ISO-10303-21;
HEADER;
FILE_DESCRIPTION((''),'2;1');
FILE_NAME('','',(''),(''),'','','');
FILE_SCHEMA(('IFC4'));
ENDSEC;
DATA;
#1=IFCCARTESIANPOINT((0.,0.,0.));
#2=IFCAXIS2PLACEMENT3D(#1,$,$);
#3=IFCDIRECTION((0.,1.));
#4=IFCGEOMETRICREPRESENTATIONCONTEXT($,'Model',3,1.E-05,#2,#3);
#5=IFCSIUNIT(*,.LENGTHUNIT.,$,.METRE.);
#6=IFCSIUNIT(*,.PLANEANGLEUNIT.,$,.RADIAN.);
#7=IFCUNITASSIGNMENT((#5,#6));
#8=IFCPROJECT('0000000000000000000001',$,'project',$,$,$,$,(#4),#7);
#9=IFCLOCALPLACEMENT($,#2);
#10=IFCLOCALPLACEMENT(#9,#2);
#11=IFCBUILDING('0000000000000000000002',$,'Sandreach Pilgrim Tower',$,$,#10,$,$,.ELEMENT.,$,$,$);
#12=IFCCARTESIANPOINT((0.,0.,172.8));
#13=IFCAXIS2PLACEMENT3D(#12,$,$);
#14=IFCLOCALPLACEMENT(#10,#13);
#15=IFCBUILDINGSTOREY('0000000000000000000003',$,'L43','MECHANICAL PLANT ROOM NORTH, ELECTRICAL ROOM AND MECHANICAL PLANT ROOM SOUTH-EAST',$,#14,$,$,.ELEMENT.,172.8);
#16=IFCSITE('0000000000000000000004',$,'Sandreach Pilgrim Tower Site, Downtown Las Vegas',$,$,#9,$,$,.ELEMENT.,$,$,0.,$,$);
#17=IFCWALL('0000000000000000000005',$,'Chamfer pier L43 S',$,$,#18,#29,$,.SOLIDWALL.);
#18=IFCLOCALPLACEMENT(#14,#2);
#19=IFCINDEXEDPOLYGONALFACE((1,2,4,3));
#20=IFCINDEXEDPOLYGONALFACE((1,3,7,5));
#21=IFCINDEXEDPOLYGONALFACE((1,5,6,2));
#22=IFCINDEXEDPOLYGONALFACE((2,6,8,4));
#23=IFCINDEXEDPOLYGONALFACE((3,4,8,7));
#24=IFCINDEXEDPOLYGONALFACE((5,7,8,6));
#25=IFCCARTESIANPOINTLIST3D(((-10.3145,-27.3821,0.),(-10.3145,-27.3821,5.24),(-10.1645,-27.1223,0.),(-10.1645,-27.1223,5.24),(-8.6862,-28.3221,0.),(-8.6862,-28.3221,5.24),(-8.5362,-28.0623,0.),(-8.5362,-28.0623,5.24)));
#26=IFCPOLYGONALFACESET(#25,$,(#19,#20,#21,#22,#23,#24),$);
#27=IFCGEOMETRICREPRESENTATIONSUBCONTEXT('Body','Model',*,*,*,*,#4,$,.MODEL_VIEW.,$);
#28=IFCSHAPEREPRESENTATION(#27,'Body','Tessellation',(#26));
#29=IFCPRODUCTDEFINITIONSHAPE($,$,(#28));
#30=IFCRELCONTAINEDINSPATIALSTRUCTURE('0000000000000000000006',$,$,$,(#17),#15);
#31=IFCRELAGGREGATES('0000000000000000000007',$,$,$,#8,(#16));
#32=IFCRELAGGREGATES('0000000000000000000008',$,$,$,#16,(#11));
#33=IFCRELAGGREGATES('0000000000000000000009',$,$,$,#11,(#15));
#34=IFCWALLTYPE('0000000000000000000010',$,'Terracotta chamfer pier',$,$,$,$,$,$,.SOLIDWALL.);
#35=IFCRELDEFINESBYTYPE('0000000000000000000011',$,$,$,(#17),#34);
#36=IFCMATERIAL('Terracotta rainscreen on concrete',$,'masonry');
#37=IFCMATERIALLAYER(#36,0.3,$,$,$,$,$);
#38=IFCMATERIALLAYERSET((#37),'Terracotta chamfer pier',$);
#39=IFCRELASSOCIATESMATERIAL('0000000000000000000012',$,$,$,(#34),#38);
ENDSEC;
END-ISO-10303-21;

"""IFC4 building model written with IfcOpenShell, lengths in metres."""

from ifc_helpers import new_model, si_unit, direction, frame, frame_2d, origin, place, context, subcontext, project, spatial, rectangle, extrude, material, layer, layer_set, type_object, element, save


model = new_model("IFC4")

# Units and contexts
model_context = context("Model", 3, precision=1e-05, world=origin(), true_north=direction((0.0, 1.0)))
body_context = subcontext(model_context, "Body", "Model", "MODEL_VIEW")
ifc_project = project(units=[si_unit("LENGTHUNIT", "METRE"), si_unit("PLANEANGLEUNIT", "RADIAN")], contexts=[model_context])

# Site, building, storey
site_placement = place(None, origin())
site = spatial("IfcSite", under=ifc_project, at=site_placement, Name="Sandreach Pilgrim Tower Site, Downtown Las Vegas", CompositionType="ELEMENT", RefElevation=0.0)
building_placement = place(site_placement, origin())
building = spatial("IfcBuilding", under=site, at=building_placement, Name="Sandreach Pilgrim Tower", CompositionType="ELEMENT")
storey_placement = place(building_placement, frame((0.0, 0.0, 172.8)))
storey = spatial("IfcBuildingStorey", under=building, at=storey_placement, Name="L43", Description="MECHANICAL PLANT ROOM NORTH, ELECTRICAL ROOM AND MECHANICAL PLANT ROOM SOUTH-EAST", CompositionType="ELEMENT", Elevation=172.8)

# Wall
ifc_material_1 = material(Name="Terracotta rainscreen on concrete", Category="masonry")
ifc_layer_1 = layer(ifc_material_1, 0.3)
ifc_layer_set_1 = layer_set([ifc_layer_1], Name="Terracotta chamfer pier")
wall_type_1 = type_object("IfcWallType", Name="Terracotta chamfer pier", PredefinedType="SOLIDWALL", material=ifc_layer_set_1)
wall_1_placement = place(storey_placement, frame((-8.6113, -28.1921, 0.0), z_axis=(0.0, 0.0, 1.0), x_axis=(-0.866045, 0.499966, 0.0)))
element("IfcWall", 1, at=wall_1_placement, inside=storey, type_object=wall_type_1, Name="Chamfer pier L43 S", PredefinedType="SOLIDWALL", context=body_context, shape_type="SweptSolid", body=[
    extrude(rectangle(XDim=1.8801, YDim=0.3, at=frame_2d((0.9399, 0.0))), origin(), (0.0, 0.0, 1.0), 5.24),
])

save(model, "model.ifc")
